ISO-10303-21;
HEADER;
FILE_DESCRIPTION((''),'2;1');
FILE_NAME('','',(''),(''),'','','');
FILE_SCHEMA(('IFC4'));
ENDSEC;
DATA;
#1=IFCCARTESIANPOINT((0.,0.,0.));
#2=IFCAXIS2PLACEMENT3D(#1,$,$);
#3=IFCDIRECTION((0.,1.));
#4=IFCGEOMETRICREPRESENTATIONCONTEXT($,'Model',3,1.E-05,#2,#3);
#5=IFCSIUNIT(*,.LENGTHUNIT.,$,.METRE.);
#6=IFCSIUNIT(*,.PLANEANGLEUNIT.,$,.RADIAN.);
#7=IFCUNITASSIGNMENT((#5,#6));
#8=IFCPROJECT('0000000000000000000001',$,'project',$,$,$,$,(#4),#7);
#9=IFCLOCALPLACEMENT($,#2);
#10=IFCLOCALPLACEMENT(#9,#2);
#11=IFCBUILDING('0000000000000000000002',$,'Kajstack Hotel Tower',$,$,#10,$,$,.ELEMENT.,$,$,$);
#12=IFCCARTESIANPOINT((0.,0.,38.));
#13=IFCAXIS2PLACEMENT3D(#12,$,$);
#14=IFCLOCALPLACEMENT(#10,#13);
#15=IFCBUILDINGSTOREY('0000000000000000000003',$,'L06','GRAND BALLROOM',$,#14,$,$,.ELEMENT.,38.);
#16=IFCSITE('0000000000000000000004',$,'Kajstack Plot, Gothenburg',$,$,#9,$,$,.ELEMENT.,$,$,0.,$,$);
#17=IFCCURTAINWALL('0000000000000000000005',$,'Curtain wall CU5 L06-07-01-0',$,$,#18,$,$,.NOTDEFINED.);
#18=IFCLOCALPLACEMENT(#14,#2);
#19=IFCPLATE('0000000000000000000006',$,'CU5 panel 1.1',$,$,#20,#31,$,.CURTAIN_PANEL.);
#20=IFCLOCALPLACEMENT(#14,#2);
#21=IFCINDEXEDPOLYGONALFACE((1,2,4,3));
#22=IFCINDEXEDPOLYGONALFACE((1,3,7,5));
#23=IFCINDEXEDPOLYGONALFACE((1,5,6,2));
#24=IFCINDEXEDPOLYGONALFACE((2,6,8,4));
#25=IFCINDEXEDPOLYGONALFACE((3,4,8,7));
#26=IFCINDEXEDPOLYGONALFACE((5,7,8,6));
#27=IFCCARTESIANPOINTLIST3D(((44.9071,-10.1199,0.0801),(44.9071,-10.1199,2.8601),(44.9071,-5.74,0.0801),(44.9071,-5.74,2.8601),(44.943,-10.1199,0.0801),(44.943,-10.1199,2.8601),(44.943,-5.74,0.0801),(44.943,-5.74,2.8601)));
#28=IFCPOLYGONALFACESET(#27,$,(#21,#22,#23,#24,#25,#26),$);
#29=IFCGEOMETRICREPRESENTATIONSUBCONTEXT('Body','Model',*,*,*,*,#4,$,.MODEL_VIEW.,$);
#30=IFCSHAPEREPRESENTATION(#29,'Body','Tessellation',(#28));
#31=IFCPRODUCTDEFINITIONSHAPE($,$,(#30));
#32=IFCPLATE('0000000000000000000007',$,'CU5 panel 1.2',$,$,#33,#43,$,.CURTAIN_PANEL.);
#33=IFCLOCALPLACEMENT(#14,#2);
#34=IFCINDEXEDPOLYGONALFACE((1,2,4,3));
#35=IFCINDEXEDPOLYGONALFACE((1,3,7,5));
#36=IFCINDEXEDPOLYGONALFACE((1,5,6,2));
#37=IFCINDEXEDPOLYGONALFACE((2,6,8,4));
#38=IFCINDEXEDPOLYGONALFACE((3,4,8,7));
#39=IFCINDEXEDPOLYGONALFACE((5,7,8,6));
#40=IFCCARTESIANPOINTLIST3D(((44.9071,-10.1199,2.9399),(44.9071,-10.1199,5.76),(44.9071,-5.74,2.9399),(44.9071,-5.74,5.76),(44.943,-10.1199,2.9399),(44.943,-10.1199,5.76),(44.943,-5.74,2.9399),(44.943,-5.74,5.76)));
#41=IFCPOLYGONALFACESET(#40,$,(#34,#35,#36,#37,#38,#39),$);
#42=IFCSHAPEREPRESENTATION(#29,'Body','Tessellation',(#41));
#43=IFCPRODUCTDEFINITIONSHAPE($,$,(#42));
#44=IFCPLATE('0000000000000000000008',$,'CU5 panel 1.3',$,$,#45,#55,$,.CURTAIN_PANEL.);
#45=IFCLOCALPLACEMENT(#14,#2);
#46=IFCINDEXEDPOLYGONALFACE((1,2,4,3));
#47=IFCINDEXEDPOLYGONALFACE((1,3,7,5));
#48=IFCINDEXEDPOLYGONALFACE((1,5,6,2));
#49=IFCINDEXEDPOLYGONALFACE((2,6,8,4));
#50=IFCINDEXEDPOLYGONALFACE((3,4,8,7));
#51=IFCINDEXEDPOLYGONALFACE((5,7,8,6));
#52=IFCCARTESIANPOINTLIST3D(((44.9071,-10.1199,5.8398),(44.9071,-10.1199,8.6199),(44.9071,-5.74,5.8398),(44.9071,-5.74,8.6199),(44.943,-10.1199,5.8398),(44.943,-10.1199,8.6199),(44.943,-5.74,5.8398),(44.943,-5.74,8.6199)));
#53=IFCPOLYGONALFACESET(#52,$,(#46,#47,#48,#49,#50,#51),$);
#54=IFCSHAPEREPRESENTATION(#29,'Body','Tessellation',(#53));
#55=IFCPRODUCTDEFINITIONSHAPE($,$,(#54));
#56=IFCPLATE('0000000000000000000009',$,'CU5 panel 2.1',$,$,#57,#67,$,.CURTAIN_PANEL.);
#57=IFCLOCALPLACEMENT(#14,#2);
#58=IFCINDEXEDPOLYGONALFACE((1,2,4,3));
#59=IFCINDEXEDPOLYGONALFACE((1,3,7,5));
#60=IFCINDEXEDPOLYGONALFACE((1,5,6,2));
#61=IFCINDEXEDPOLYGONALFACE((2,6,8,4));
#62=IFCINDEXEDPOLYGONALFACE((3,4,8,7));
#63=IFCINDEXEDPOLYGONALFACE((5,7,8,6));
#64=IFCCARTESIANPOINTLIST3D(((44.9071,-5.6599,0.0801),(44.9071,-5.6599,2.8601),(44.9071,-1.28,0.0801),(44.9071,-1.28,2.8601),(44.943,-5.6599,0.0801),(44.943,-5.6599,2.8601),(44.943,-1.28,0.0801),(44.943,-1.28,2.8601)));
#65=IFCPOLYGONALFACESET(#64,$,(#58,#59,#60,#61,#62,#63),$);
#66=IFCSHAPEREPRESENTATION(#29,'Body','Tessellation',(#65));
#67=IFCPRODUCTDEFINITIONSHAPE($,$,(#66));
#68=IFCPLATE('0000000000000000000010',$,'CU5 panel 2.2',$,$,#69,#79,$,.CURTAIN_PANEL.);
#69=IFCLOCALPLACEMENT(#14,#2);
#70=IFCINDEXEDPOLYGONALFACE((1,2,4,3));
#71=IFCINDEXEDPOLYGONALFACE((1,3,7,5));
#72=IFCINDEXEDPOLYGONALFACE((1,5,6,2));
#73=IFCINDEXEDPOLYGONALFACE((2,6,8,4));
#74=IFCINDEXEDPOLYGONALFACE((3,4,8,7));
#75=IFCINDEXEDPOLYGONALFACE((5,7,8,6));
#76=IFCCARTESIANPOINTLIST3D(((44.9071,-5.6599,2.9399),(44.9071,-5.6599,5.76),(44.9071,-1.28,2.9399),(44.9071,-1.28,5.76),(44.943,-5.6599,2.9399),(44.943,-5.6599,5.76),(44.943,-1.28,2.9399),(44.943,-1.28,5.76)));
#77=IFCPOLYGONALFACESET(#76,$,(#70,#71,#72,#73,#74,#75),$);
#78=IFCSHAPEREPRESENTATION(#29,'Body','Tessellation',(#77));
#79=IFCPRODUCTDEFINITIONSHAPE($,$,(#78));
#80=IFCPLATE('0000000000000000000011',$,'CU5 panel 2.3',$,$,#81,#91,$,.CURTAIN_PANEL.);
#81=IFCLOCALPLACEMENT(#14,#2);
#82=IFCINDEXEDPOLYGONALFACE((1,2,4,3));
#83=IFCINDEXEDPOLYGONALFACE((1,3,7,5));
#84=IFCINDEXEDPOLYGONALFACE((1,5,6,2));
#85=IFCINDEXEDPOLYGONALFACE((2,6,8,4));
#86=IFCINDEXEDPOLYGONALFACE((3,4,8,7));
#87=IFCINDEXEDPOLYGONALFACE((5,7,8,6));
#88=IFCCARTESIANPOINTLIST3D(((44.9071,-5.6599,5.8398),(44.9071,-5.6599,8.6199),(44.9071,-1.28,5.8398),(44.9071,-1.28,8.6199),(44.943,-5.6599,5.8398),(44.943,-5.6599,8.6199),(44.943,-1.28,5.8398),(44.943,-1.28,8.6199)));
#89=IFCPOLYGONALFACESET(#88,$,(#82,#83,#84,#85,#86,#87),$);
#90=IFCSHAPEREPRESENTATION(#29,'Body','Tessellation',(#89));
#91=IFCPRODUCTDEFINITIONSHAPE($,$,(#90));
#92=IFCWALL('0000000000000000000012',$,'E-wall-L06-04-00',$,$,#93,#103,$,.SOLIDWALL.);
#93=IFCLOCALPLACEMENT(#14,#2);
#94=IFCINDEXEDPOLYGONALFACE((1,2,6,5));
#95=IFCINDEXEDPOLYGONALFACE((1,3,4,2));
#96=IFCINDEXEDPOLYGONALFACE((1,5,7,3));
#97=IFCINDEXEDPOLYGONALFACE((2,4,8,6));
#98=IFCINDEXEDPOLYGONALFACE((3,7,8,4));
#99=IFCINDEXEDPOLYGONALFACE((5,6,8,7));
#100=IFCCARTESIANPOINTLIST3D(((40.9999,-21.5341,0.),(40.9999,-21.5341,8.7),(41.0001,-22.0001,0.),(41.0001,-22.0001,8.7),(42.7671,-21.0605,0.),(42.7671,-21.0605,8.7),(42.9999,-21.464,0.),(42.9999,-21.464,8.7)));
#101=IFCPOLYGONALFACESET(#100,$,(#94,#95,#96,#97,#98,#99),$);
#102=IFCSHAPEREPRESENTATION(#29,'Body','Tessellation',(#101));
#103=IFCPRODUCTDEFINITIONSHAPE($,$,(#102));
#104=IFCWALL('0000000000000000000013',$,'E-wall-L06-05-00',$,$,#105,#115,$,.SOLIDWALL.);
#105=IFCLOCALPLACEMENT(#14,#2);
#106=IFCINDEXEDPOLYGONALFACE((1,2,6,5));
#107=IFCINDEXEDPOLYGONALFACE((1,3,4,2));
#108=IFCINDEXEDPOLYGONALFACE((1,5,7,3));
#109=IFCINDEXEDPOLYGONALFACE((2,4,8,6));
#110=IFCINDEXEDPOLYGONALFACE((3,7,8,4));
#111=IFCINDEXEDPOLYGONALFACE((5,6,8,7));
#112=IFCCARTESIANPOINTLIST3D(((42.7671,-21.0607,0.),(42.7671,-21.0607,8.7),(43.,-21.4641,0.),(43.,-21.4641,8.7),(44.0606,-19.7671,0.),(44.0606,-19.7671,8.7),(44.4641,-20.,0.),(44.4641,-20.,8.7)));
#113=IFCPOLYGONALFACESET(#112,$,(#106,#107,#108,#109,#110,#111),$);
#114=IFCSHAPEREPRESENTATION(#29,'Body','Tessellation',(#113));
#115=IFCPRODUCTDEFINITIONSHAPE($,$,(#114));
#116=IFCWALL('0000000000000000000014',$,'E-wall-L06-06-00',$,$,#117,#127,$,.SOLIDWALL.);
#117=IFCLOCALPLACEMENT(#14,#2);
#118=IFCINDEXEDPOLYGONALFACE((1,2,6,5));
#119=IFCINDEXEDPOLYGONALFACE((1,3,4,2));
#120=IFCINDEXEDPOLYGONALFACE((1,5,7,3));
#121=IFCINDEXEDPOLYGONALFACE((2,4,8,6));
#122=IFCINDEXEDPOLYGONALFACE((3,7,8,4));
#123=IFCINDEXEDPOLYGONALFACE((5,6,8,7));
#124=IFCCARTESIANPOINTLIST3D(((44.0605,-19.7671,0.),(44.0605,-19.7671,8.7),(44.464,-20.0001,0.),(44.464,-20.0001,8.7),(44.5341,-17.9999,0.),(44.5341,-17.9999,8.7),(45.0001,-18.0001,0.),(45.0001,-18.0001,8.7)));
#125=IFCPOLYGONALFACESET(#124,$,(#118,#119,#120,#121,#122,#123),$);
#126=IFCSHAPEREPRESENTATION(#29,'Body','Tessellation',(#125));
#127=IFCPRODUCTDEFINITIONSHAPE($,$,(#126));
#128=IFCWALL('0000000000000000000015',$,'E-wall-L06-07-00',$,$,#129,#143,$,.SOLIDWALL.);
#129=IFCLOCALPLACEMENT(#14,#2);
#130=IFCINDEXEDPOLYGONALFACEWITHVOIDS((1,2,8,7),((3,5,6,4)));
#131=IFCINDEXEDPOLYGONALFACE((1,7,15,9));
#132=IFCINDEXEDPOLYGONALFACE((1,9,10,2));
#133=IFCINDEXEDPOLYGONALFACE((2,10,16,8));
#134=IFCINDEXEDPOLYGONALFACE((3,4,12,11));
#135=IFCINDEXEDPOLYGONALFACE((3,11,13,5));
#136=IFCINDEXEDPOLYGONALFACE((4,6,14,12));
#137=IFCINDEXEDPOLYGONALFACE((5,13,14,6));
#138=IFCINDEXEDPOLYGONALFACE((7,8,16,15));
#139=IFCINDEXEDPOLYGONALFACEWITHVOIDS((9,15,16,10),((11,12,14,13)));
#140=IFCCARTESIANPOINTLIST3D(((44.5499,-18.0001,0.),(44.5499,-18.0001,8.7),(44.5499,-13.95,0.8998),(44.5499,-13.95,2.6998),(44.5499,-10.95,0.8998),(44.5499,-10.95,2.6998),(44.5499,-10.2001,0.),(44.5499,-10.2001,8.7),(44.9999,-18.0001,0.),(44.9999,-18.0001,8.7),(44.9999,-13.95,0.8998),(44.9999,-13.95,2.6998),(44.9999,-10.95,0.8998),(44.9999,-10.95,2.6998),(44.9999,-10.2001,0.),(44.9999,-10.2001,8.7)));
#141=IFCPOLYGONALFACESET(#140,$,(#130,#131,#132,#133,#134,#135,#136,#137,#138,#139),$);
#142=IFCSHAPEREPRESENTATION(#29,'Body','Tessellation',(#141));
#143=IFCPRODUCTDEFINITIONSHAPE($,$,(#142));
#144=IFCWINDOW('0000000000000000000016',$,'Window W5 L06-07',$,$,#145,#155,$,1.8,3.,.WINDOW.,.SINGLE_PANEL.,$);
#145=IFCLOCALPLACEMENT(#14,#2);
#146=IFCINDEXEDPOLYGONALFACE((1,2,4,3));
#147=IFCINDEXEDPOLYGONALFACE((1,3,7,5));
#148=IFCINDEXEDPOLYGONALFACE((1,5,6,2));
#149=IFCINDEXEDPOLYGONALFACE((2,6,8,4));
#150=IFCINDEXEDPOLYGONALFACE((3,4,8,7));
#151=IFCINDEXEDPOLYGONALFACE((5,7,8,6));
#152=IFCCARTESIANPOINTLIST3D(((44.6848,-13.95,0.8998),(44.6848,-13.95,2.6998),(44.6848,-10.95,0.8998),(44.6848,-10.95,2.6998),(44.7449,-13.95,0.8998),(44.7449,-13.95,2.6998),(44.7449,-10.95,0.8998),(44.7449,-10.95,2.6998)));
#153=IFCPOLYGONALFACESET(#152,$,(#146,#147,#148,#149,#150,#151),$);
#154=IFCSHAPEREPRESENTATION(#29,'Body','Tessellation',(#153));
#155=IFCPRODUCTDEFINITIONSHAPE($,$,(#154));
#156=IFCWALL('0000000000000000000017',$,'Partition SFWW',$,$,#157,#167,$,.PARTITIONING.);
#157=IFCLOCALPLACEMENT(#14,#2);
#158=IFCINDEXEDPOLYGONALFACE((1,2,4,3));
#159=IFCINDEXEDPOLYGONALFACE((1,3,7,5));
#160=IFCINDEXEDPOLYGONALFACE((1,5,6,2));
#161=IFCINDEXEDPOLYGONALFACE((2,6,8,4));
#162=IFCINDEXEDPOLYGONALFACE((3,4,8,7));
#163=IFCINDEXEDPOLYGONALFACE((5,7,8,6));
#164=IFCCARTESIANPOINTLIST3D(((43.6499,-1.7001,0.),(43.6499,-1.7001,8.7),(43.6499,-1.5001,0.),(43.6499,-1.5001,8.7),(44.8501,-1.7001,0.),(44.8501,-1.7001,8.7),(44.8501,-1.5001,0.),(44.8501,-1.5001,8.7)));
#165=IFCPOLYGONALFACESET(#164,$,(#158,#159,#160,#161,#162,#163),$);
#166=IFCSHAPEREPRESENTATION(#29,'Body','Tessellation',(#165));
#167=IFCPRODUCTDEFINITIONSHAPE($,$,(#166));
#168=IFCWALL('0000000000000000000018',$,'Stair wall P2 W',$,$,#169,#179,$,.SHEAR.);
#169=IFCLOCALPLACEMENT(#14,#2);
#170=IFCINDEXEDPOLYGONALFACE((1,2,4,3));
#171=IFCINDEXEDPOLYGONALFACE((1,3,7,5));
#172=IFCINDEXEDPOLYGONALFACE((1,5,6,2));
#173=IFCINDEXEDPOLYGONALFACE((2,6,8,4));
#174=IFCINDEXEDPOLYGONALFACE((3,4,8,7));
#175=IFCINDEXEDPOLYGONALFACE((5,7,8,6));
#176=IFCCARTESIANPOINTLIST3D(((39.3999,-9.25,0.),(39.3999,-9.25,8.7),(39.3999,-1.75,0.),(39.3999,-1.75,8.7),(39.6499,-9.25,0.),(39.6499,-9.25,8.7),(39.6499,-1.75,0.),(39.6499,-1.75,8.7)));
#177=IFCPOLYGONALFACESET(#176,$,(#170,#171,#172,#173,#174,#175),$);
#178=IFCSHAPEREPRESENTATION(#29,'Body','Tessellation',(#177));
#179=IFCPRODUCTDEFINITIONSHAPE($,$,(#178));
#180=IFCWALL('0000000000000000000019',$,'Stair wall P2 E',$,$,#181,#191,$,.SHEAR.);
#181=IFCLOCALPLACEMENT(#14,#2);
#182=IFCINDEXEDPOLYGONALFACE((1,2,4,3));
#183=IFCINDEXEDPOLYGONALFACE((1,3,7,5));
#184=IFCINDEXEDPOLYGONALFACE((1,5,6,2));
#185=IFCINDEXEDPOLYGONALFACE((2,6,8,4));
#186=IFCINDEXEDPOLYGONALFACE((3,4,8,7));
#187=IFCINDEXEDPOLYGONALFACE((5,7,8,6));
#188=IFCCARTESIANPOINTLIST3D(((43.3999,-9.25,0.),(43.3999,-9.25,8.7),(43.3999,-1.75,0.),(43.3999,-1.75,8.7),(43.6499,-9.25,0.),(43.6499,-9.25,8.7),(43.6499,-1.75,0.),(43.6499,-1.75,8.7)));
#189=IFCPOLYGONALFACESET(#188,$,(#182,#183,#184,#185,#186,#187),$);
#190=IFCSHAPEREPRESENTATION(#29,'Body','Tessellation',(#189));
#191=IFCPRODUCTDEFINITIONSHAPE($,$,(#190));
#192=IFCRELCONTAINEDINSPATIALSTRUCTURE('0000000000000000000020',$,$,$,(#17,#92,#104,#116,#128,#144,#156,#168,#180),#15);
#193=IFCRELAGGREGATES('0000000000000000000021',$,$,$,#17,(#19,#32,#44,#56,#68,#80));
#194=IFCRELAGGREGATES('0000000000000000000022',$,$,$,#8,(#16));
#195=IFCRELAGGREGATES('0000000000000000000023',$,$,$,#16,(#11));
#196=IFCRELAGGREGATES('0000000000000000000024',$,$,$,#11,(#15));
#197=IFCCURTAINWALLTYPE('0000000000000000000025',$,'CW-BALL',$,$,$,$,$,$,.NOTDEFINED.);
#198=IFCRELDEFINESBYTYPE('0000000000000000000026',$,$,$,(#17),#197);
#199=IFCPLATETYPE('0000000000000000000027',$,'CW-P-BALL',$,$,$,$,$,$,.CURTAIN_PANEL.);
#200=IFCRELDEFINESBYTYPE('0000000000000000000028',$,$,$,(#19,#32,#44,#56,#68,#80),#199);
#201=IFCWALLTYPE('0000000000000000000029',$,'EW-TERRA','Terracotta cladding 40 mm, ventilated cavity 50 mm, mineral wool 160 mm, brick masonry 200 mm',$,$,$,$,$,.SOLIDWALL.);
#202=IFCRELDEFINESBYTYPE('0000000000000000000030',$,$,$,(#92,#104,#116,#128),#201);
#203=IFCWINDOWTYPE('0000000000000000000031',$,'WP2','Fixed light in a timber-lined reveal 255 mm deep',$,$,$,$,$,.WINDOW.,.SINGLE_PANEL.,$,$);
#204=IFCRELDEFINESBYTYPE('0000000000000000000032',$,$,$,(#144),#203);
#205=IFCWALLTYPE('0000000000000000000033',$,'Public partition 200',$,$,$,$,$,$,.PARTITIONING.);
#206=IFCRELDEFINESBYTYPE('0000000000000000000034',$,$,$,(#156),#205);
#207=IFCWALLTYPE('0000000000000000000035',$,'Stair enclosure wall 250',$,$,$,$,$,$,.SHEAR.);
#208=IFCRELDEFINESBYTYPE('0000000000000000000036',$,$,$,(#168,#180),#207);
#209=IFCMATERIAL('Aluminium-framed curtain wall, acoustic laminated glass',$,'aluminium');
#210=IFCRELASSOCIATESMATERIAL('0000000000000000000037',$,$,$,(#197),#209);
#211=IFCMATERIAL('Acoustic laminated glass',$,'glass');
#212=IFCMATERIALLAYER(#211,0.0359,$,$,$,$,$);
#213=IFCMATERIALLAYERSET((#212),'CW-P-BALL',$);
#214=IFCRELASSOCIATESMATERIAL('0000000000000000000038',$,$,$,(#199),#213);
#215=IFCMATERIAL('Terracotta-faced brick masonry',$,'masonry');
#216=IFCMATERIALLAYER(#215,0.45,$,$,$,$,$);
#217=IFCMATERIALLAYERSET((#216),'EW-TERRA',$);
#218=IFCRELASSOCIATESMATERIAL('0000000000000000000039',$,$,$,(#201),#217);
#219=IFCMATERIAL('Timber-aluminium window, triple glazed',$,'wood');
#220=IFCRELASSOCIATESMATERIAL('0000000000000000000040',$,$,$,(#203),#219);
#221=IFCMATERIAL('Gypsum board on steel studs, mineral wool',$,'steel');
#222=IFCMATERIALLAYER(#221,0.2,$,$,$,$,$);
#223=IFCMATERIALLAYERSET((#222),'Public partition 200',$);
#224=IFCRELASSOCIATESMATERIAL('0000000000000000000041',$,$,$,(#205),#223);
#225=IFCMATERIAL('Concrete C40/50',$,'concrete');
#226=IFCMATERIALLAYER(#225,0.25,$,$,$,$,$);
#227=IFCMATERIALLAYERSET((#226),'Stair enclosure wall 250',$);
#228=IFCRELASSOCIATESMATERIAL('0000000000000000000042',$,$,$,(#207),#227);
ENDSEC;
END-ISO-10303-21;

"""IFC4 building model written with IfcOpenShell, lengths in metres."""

from ifc_helpers import new_model, si_unit, direction, frame, frame_2d, origin, origin_2d, place, context, subcontext, project, spatial, polyline, rectangle, outline, extrude, material, layer, layer_set, type_object, element, fill, aggregate, save


model = new_model("IFC4")

# Units and contexts
model_context = context("Model", 3, precision=1e-05, world=origin(), true_north=direction((0.0, 1.0)))
body_context = subcontext(model_context, "Body", "Model", "MODEL_VIEW")
ifc_project = project(units=[si_unit("LENGTHUNIT", "METRE"), si_unit("PLANEANGLEUNIT", "RADIAN")], contexts=[model_context])

# Site, building, storey
site_placement = place(None, origin())
site = spatial("IfcSite", under=ifc_project, at=site_placement, Name="Kajstack Plot, Gothenburg", CompositionType="ELEMENT", RefElevation=0.0)
building_placement = place(site_placement, origin())
building = spatial("IfcBuilding", under=site, at=building_placement, Name="Kajstack Hotel Tower", CompositionType="ELEMENT")
storey_placement = place(building_placement, frame((0.0, 0.0, 38.0)))
storey = spatial("IfcBuildingStorey", under=building, at=storey_placement, Name="L06", Description="GRAND BALLROOM", CompositionType="ELEMENT", Elevation=38.0)

# Curtain wall
ifc_material_1 = material(Name="Aluminium-framed curtain wall, acoustic laminated glass", Category="aluminium")
curtain_wall_type = type_object("IfcCurtainWallType", Name="CW-BALL", PredefinedType="NOTDEFINED", material=ifc_material_1)
curtain_wall_1_placement = place(storey_placement, origin())
curtain_wall_1 = element("IfcCurtainWall", 1, at=curtain_wall_1_placement, inside=storey, type_object=curtain_wall_type, Name="Curtain wall CU5 L06-07-01-0", PredefinedType="NOTDEFINED")

# Plates
ifc_material_2 = material(Name="Acoustic laminated glass", Category="glass")
ifc_layer_1 = layer(ifc_material_2, 0.0359)
ifc_layer_set_1 = layer_set([ifc_layer_1], Name="CW-P-BALL")
plate_type = type_object("IfcPlateType", Name="CW-P-BALL", PredefinedType="CURTAIN_PANEL", material=ifc_layer_set_1)
plate_1_placement = place(storey_placement, frame((44.925, -7.9299, 0.0801), z_axis=(0.0, 0.0, 1.0), x_axis=(0.0, 1.0, 0.0)))
plate_1 = element("IfcPlate", 2, at=plate_1_placement, type_object=plate_type, Name="CU5 panel 1.1", PredefinedType="CURTAIN_PANEL", context=body_context, shape_type="SweptSolid", body=[
    extrude(rectangle(XDim=4.3799, YDim=0.0359, at=origin_2d()), origin(), (0.0, 0.0, 1.0), 2.78),
])
plate_2_placement = place(storey_placement, frame((44.925, -7.9299, 2.9399), z_axis=(0.0, 0.0, 1.0), x_axis=(0.0, 1.0, 0.0)))
plate_2 = element("IfcPlate", 3, at=plate_2_placement, type_object=plate_type, Name="CU5 panel 1.2", PredefinedType="CURTAIN_PANEL", context=body_context, shape_type="SweptSolid", body=[
    extrude(rectangle(XDim=4.3799, YDim=0.0359, at=origin_2d()), origin(), (0.0, 0.0, 1.0), 2.8201),
])
plate_3_placement = place(storey_placement, frame((44.925, -7.9299, 5.8398), z_axis=(0.0, 0.0, 1.0), x_axis=(0.0, 1.0, 0.0)))
plate_3 = element("IfcPlate", 4, at=plate_3_placement, type_object=plate_type, Name="CU5 panel 1.3", PredefinedType="CURTAIN_PANEL", context=body_context, shape_type="SweptSolid", body=[
    extrude(rectangle(XDim=4.3799, YDim=0.0359, at=origin_2d()), origin(), (0.0, 0.0, 1.0), 2.78),
])
plate_4_placement = place(storey_placement, frame((44.925, -3.47, 0.0801), z_axis=(0.0, 0.0, 1.0), x_axis=(0.0, 1.0, 0.0)))
plate_4 = element("IfcPlate", 5, at=plate_4_placement, type_object=plate_type, Name="CU5 panel 2.1", PredefinedType="CURTAIN_PANEL", context=body_context, shape_type="SweptSolid", body=[
    extrude(rectangle(XDim=4.3799, YDim=0.0359, at=origin_2d()), origin(), (0.0, 0.0, 1.0), 2.78),
])
plate_5_placement = place(storey_placement, frame((44.925, -3.47, 2.9399), z_axis=(0.0, 0.0, 1.0), x_axis=(0.0, 1.0, 0.0)))
plate_5 = element("IfcPlate", 6, at=plate_5_placement, type_object=plate_type, Name="CU5 panel 2.2", PredefinedType="CURTAIN_PANEL", context=body_context, shape_type="SweptSolid", body=[
    extrude(rectangle(XDim=4.3799, YDim=0.0359, at=origin_2d()), origin(), (0.0, 0.0, 1.0), 2.8201),
])
plate_6_placement = place(storey_placement, frame((44.925, -3.47, 5.8398), z_axis=(0.0, 0.0, 1.0), x_axis=(0.0, 1.0, 0.0)))
plate_6 = element("IfcPlate", 7, at=plate_6_placement, type_object=plate_type, Name="CU5 panel 2.3", PredefinedType="CURTAIN_PANEL", context=body_context, shape_type="SweptSolid", body=[
    extrude(rectangle(XDim=4.3799, YDim=0.0359, at=origin_2d()), origin(), (0.0, 0.0, 1.0), 2.78),
])
aggregate(curtain_wall_1, [plate_1, plate_2, plate_3, plate_4, plate_5, plate_6])

# Walls
ifc_material_3 = material(Name="Terracotta-faced brick masonry", Category="masonry")
ifc_layer_2 = layer(ifc_material_3, 0.45)
ifc_layer_set_2 = layer_set([ifc_layer_2], Name="EW-TERRA")
wall_type_1 = type_object("IfcWallType", Name="EW-TERRA", Description="Terracotta cladding 40 mm, ventilated cavity 50 mm, mineral wool 160 mm, brick masonry 200 mm", PredefinedType="SOLIDWALL", material=ifc_layer_set_2)
wall_1_placement = place(storey_placement, frame((40.9417, -21.7827, 0.0), z_axis=(0.0, 0.0, 1.0), x_axis=(0.965927, 0.258815, 0.0)))
element("IfcWall", 8, at=wall_1_placement, inside=storey, type_object=wall_type_1, Name="E-wall-L06-04-00", PredefinedType="SOLIDWALL", context=body_context, shape_type="SweptSolid", body=[
    extrude(outline(polyline([(0.0002, -0.2251), (2.0706, -0.2249), (1.9502, 0.2251), (0.1206, 0.2251), (0.0002, -0.2251)])), origin(), (0.0, 0.0, 1.0), 8.7),
])
wall_2_placement = place(storey_placement, frame((42.8408, -21.3049, 0.0), z_axis=(0.0, 0.0, 1.0), x_axis=(0.707107, 0.707107, 0.0)))
element("IfcWall", 9, at=wall_2_placement, inside=storey, type_object=wall_type_1, Name="E-wall-L06-05-00", PredefinedType="SOLIDWALL", context=body_context, shape_type="SweptSolid", body=[
    extrude(outline(polyline([(0.0, -0.2251), (2.0706, -0.2251), (1.95, 0.2249), (0.1206, 0.2249), (0.0, -0.2251)])), origin(), (0.0, 0.0, 1.0), 8.7),
])
wall_3_placement = place(storey_placement, frame((44.2468, -19.9417, 0.0), z_axis=(0.0, 0.0, 1.0), x_axis=(0.258815, 0.965927, 0.0)))
element("IfcWall", 10, at=wall_3_placement, inside=storey, type_object=wall_type_1, Name="E-wall-L06-06-00", PredefinedType="SOLIDWALL", context=body_context, shape_type="SweptSolid", body=[
    extrude(outline(polyline([(-0.0002, -0.2249), (2.0703, -0.2251), (1.95, 0.2251), (0.1204, 0.2251), (-0.0002, -0.2249)])), origin(), (0.0, 0.0, 1.0), 8.7),
])

# Wall, opening, window
wall_4_placement = place(storey_placement, frame((44.7749, -18.0, 0.0), z_axis=(0.0, 0.0, 1.0), x_axis=(0.0, 1.0, 0.0)))
wall_4 = element("IfcWall", 11, at=wall_4_placement, inside=storey, type_object=wall_type_1, Name="E-wall-L06-07-00", PredefinedType="SOLIDWALL", context=body_context, shape_type="SweptSolid", body=[
    extrude(rectangle(XDim=7.8, YDim=0.45, at=frame_2d((3.8999, 0.0))), origin(), (0.0, 0.0, 1.0), 8.7),
])
opening_1_placement = place(wall_4_placement, frame((4.05, 0.0, 0.8999)))
opening_1 = element("IfcOpeningElement", 12, at=opening_1_placement, cuts=wall_4, PredefinedType="OPENING", context=body_context, shape_type="SweptSolid", body=[
    extrude(rectangle(XDim=3.0, YDim=1.8, at=frame_2d((1.5, 0.8999))), frame((0.0, 0.2349, 0.0), z_axis=(0.0, -1.0, 0.0), x_axis=(1.0, 0.0, 0.0)), (0.0, 0.0, 1.0), 0.47),
])
ifc_material_4 = material(Name="Timber-aluminium window, triple glazed", Category="wood")
window_type = type_object("IfcWindowType", Name="WP2", Description="Fixed light in a timber-lined reveal 255 mm deep", PartitioningType="SINGLE_PANEL", PredefinedType="WINDOW", material=ifc_material_4)
window_placement = place(opening_1_placement, origin())
window = element("IfcWindow", 13, at=window_placement, inside=storey, type_object=window_type, Name="Window W5 L06-07", OverallHeight=1.8, OverallWidth=3.0, PartitioningType="SINGLE_PANEL", PredefinedType="WINDOW", context=body_context, shape_type="SweptSolid", body=[
    extrude(rectangle(XDim=3.0, YDim=1.8, at=frame_2d((1.5, 0.8999))), frame((0.0, 0.0901, 0.0), z_axis=(0.0, -1.0, 0.0), x_axis=(1.0, 0.0, 0.0)), (0.0, 0.0, 1.0), 0.0601),
])
fill(opening_1, window)

# Walls
ifc_material_5 = material(Name="Gypsum board on steel studs, mineral wool", Category="steel")
ifc_layer_3 = layer(ifc_material_5, 0.2)
ifc_layer_set_3 = layer_set([ifc_layer_3], Name="Public partition 200")
wall_type_2 = type_object("IfcWallType", Name="Public partition 200", PredefinedType="PARTITIONING", material=ifc_layer_set_3)
wall_5_placement = place(storey_placement, frame((43.6499, -1.6001, 0.0), z_axis=(0.0, 0.0, 1.0), x_axis=(1.0, 0.0, 0.0)))
element("IfcWall", 14, at=wall_5_placement, inside=storey, type_object=wall_type_2, Name="Partition SFWW", PredefinedType="PARTITIONING", context=body_context, shape_type="SweptSolid", body=[
    extrude(rectangle(XDim=1.2002, YDim=0.2, at=frame_2d((0.6001, 0.0))), origin(), (0.0, 0.0, 1.0), 8.7),
])
ifc_material_6 = material(Name="Concrete C40/50", Category="concrete")
ifc_layer_4 = layer(ifc_material_6, 0.25)
ifc_layer_set_4 = layer_set([ifc_layer_4], Name="Stair enclosure wall 250")
wall_type_3 = type_object("IfcWallType", Name="Stair enclosure wall 250", PredefinedType="SHEAR", material=ifc_layer_set_4)
for number, where, z_axis, x_axis, name in (
    (15, (39.5249, -9.25, 0.0), (0.0, 0.0, 1.0), (0.0, 1.0, 0.0), "Stair wall P2 W"),
    (16, (43.5249, -9.25, 0.0), (0.0, 0.0, 1.0), (0.0, 1.0, 0.0), "Stair wall P2 E"),
):
    element("IfcWall", number, at=place(storey_placement, frame(where, z_axis=z_axis, x_axis=x_axis)), inside=storey, type_object=wall_type_3, Name=name, PredefinedType="SHEAR", context=body_context, shape_type="SweptSolid", body=[
        extrude(rectangle(XDim=7.5, YDim=0.25, at=frame_2d((3.75, 0.0))), origin(), (0.0, 0.0, 1.0), 8.7),
    ])

save(model, "model.ifc")
